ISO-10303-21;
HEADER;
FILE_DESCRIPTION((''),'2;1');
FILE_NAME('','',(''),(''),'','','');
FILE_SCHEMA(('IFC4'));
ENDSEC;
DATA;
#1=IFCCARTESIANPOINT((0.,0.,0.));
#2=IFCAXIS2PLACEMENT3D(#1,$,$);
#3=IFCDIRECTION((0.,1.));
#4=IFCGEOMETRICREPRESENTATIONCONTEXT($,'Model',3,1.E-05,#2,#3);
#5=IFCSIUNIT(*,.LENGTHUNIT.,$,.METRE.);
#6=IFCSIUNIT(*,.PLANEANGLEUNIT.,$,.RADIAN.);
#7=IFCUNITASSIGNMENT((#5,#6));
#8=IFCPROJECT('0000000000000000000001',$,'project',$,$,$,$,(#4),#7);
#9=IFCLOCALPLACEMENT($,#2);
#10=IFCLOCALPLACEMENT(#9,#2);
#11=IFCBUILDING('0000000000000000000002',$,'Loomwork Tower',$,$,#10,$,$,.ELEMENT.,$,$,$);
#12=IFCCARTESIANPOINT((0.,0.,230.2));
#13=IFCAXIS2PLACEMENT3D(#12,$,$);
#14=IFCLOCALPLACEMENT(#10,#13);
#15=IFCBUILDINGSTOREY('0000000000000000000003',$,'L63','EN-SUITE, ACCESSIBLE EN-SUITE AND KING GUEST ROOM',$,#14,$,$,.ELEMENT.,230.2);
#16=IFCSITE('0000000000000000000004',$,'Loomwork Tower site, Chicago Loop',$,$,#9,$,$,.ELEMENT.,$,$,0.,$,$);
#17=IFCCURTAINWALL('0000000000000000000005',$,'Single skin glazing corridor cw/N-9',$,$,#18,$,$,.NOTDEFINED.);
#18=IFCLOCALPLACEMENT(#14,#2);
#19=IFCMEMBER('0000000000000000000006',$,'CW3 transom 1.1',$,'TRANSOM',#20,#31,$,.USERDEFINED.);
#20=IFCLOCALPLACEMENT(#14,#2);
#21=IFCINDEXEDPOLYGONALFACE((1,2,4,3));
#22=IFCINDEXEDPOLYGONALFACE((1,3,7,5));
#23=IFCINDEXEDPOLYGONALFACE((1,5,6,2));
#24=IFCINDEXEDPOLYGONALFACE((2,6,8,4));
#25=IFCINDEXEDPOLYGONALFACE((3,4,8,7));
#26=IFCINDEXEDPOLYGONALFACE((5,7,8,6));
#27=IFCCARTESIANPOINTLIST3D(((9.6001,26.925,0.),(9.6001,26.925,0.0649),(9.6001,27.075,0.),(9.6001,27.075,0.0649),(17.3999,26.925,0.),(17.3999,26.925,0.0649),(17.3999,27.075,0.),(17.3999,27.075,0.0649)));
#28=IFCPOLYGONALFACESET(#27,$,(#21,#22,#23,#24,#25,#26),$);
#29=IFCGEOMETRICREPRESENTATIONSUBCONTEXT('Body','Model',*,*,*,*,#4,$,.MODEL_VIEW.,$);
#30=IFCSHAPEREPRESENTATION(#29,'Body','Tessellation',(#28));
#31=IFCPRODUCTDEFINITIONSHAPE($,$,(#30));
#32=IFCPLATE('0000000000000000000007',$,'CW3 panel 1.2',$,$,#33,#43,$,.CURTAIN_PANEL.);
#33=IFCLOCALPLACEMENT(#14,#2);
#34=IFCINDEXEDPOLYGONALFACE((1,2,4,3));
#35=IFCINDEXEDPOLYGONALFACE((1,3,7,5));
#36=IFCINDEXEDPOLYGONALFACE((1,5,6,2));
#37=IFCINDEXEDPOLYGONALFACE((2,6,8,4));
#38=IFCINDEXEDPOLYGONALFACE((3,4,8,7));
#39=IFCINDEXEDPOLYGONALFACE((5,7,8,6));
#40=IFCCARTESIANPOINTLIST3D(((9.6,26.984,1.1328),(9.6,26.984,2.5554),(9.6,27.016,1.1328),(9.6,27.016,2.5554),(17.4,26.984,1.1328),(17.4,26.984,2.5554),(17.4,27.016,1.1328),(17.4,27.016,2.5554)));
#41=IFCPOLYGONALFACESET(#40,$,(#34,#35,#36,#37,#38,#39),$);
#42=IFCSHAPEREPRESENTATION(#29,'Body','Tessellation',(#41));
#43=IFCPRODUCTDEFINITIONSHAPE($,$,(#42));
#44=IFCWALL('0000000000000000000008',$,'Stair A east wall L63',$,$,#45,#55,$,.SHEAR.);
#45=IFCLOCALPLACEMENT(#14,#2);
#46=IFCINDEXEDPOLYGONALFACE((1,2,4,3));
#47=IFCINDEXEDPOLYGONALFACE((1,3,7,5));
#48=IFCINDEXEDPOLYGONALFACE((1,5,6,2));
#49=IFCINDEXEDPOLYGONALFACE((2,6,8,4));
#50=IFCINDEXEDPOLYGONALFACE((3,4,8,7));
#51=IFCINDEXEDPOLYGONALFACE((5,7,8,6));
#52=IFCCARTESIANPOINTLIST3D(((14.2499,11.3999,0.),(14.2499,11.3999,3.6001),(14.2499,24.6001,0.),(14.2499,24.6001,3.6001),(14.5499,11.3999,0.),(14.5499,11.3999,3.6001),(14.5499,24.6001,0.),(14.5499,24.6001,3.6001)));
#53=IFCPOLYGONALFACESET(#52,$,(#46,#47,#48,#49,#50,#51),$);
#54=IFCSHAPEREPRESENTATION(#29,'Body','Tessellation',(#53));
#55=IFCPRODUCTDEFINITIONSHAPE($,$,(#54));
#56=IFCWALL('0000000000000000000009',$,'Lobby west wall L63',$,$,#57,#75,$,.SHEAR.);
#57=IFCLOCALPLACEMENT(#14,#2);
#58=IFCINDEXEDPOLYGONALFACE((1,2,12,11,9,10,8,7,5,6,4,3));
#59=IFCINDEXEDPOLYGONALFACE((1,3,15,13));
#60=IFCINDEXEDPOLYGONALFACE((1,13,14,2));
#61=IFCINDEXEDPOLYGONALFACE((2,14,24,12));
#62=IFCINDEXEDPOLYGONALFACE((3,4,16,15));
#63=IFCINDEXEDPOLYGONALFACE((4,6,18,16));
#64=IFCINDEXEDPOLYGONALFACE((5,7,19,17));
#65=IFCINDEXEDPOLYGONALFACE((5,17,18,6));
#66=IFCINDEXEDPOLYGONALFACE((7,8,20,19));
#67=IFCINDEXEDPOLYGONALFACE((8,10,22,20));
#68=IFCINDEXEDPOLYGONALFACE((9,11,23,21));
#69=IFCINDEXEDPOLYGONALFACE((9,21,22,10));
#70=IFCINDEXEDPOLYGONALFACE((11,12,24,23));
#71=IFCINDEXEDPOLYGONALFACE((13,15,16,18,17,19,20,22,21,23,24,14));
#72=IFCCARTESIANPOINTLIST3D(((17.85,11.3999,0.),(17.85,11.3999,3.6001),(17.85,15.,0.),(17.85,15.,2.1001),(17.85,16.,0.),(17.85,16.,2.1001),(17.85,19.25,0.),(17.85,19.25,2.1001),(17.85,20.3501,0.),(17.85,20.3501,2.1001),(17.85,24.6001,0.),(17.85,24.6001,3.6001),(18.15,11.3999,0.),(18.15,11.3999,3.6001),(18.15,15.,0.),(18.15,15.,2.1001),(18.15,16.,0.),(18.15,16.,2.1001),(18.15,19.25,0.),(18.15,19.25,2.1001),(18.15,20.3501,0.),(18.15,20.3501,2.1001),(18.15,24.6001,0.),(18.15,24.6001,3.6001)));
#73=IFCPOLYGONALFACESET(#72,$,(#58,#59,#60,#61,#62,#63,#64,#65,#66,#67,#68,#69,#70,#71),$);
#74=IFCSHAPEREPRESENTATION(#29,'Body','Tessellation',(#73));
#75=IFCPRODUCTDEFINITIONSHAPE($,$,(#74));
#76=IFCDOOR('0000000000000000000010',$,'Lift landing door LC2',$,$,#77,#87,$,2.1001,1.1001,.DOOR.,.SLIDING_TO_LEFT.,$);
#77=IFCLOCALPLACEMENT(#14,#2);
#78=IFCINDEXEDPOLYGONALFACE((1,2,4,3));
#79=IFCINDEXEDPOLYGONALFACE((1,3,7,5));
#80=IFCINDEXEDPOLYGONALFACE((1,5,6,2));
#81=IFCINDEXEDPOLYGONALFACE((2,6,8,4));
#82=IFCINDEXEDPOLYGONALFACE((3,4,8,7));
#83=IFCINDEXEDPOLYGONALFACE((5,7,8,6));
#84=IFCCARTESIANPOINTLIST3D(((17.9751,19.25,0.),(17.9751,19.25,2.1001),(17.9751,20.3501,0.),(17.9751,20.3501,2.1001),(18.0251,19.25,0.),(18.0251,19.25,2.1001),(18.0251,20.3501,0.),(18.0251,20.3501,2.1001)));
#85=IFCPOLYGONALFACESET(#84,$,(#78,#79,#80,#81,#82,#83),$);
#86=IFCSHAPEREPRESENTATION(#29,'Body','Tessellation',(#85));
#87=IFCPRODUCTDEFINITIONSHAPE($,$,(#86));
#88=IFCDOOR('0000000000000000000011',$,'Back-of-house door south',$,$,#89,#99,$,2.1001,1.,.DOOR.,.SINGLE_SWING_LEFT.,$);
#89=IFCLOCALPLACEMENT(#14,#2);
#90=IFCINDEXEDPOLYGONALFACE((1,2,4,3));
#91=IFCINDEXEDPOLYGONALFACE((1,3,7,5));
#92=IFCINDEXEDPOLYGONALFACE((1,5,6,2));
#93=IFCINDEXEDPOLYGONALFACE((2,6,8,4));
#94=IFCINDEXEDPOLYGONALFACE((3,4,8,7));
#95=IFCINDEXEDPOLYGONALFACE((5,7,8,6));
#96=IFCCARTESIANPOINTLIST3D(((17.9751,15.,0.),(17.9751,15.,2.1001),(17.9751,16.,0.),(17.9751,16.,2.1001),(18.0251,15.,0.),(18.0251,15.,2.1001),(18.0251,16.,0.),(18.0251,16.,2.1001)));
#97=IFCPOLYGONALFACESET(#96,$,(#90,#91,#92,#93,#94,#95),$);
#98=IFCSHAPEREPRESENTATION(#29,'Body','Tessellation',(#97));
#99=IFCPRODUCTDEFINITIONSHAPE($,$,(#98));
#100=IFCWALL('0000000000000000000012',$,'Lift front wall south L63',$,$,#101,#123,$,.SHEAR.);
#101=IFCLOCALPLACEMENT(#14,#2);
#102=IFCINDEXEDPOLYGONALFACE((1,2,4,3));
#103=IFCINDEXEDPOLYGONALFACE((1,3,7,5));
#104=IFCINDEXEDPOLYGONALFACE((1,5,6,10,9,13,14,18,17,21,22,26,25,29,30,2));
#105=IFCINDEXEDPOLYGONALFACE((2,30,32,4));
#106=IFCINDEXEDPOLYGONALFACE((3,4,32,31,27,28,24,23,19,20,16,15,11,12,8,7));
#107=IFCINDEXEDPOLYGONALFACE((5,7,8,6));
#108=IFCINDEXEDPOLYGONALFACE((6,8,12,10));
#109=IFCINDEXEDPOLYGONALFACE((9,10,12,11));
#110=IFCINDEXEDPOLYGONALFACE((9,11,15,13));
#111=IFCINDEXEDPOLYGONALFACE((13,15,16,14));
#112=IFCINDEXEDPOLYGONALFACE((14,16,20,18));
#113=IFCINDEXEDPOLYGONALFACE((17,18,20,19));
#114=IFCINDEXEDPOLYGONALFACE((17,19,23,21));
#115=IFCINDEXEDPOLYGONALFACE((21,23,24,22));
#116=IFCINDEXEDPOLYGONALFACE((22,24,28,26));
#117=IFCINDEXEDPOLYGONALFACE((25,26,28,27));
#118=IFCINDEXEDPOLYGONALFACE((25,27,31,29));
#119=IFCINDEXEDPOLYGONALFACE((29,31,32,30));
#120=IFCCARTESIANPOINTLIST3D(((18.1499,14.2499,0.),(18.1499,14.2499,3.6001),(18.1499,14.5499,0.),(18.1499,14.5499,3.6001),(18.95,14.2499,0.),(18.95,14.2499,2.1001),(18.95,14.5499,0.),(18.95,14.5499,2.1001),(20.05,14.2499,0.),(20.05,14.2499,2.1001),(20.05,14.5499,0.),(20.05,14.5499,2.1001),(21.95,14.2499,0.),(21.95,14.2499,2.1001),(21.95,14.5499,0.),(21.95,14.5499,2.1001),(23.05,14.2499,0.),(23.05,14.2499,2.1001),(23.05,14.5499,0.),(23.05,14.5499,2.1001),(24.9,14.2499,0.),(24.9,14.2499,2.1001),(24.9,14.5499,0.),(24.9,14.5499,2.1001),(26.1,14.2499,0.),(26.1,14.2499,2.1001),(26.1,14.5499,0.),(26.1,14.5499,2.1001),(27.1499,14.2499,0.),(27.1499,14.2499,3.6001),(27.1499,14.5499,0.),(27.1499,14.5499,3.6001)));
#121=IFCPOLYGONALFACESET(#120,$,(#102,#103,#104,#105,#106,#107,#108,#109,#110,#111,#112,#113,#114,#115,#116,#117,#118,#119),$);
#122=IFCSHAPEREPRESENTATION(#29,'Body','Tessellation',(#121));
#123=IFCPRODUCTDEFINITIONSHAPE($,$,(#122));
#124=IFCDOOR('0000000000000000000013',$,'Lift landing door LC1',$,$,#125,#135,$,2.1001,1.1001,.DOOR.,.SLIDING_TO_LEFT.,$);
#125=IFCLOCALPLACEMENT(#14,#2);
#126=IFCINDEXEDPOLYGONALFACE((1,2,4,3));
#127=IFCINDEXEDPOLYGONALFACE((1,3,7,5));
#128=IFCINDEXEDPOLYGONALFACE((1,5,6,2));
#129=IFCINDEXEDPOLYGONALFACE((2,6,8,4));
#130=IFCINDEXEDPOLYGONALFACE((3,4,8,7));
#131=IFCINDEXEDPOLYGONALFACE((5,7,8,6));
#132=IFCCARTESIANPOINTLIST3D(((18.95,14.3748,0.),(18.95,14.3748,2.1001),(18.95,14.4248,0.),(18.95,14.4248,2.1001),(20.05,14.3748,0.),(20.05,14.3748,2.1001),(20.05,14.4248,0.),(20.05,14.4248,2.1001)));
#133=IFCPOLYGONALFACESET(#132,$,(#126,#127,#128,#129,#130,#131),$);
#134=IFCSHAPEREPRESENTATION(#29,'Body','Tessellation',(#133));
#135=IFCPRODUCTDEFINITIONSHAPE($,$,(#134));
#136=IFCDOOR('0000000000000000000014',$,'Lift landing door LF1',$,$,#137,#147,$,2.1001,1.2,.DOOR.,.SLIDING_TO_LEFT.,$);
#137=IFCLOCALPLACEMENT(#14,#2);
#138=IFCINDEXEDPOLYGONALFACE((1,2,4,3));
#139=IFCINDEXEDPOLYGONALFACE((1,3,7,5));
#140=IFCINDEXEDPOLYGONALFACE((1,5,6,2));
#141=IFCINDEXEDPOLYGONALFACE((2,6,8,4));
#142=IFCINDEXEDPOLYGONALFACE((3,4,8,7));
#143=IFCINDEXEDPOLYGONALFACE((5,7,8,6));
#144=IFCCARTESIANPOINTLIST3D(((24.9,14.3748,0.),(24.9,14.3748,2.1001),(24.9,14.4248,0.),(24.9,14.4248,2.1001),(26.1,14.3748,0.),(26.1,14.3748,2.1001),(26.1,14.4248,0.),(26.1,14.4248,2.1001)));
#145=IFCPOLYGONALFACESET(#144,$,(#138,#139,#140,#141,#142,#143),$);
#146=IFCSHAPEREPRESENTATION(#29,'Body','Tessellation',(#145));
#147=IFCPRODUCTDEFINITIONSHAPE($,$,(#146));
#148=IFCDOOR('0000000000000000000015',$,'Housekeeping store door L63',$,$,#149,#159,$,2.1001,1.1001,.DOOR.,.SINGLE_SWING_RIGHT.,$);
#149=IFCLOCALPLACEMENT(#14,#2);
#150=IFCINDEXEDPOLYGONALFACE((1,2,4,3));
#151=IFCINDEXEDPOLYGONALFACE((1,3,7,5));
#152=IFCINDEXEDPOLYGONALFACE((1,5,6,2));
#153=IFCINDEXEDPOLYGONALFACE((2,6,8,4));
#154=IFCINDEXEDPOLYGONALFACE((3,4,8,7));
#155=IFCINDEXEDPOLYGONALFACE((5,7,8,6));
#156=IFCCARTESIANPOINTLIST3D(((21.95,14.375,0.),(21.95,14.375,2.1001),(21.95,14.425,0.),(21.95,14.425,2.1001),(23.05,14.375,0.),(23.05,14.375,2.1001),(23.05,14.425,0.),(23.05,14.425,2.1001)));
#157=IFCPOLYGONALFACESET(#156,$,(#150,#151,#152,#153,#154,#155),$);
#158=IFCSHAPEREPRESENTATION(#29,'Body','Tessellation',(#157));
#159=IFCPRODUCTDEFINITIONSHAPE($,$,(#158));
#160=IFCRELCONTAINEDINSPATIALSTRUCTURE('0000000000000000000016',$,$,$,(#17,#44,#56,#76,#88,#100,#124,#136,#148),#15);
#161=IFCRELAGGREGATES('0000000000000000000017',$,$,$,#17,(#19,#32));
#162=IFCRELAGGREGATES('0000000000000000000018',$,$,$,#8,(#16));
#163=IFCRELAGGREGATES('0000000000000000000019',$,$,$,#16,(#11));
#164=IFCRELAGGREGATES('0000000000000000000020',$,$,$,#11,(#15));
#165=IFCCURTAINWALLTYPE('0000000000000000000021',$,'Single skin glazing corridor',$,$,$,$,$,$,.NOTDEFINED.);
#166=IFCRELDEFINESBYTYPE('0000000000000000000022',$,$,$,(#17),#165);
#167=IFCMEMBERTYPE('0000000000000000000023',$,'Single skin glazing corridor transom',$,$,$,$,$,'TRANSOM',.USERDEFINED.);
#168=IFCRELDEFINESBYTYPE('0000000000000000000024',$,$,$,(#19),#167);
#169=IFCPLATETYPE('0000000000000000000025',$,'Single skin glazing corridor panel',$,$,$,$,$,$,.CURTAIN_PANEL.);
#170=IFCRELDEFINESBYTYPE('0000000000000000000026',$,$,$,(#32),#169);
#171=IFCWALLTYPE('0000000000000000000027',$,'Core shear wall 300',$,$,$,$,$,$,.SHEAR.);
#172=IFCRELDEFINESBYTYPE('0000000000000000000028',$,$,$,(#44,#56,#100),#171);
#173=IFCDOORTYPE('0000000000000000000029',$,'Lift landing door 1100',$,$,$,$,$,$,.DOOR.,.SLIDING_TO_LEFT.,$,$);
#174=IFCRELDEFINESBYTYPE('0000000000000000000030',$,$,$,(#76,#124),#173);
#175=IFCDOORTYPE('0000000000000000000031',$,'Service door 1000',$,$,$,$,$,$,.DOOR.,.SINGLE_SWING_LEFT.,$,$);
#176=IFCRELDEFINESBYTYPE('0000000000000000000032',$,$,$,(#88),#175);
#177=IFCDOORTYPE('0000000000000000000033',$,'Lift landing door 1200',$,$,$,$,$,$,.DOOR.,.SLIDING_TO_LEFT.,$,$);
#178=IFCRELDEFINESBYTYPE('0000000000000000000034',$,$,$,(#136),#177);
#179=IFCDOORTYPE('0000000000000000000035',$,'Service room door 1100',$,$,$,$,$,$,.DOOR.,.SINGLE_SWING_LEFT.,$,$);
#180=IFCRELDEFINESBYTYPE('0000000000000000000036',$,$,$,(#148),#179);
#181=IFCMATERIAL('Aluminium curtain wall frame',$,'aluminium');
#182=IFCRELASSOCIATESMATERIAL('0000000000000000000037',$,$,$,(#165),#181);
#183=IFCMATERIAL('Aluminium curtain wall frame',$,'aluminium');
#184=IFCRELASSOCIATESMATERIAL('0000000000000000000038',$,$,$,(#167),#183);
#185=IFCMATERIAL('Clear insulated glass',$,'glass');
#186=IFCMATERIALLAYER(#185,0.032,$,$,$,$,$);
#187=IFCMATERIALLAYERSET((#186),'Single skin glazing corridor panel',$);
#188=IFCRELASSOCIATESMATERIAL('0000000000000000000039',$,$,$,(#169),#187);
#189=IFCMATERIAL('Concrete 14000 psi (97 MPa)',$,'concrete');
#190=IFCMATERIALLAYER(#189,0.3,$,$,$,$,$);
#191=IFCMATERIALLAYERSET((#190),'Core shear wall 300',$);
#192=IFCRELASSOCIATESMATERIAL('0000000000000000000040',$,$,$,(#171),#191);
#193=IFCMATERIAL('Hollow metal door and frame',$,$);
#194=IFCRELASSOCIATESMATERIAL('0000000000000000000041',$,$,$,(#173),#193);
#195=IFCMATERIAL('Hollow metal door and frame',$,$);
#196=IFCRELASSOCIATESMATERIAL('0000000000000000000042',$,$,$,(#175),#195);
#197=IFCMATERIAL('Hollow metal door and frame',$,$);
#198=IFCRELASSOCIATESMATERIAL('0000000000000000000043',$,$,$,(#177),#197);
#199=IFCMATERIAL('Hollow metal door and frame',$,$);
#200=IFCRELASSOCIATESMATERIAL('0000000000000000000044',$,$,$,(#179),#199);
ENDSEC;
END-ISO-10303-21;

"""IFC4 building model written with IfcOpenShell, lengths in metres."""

from ifc_helpers import new_model, si_unit, direction, frame, frame_2d, origin, origin_2d, place, context, subcontext, project, spatial, rectangle, extrude, material, layer, layer_set, material_profile, profile_set, type_object, element, fill, aggregate, save


model = new_model("IFC4")

# Units and contexts
model_context = context("Model", 3, precision=1e-05, world=origin(), true_north=direction((0.0, 1.0)))
body_context = subcontext(model_context, "Body", "Model", "MODEL_VIEW")
ifc_project = project(units=[si_unit("LENGTHUNIT", "METRE"), si_unit("PLANEANGLEUNIT", "RADIAN")], contexts=[model_context])

# Site, building, storey
site_placement = place(None, origin())
site = spatial("IfcSite", under=ifc_project, at=site_placement, Name="Loomwork Tower site, Chicago Loop", CompositionType="ELEMENT", RefElevation=0.0)
building_placement = place(site_placement, origin())
building = spatial("IfcBuilding", under=site, at=building_placement, Name="Loomwork Tower", CompositionType="ELEMENT")
storey_placement = place(building_placement, frame((0.0, 0.0, 230.2)))
storey = spatial("IfcBuildingStorey", under=building, at=storey_placement, Name="L63", Description="EN-SUITE, ACCESSIBLE EN-SUITE AND KING GUEST ROOM", CompositionType="ELEMENT", Elevation=230.2)

# Curtain wall, member, plate
ifc_material_1 = material(Name="Aluminium curtain wall frame", Category="aluminium")
curtain_wall_type = type_object("IfcCurtainWallType", Name="Single skin glazing corridor", PredefinedType="NOTDEFINED", material=ifc_material_1)
curtain_wall_placement = place(storey_placement, origin())
curtain_wall = element("IfcCurtainWall", 1, at=curtain_wall_placement, inside=storey, type_object=curtain_wall_type, Name="Single skin glazing corridor cw/N-9", PredefinedType="NOTDEFINED")
ifc_material_2 = material(Name="Aluminium curtain wall frame", Category="aluminium")
ifc_material_profile = material_profile(ifc_material_2, rectangle(XDim=0.1499, YDim=0.0649, at=origin_2d()), Name="AL 65x150")
ifc_profile_set = profile_set([ifc_material_profile], Name="Aluminium curtain wall frame")
member_type = type_object("IfcMemberType", Name="Single skin glazing corridor transom", ElementType="TRANSOM", PredefinedType="USERDEFINED", material=ifc_profile_set)
member_placement = place(storey_placement, frame((17.3999, 27.0, 0.0325), z_axis=(-1.0, 0.0, 0.0), x_axis=(0.0, -1.0, 0.0)))
member = element("IfcMember", 2, at=member_placement, type_object=member_type, Name="CW3 transom 1.1", ObjectType="TRANSOM", PredefinedType="USERDEFINED", context=body_context, shape_type="SweptSolid", body=[
    extrude(rectangle(XDim=0.1499, YDim=0.0649, at=origin_2d()), origin(), (0.0, 0.0, 1.0), 7.7998),
])
ifc_material_3 = material(Name="Clear insulated glass", Category="glass")
ifc_layer_1 = layer(ifc_material_3, 0.032)
ifc_layer_set_1 = layer_set([ifc_layer_1], Name="Single skin glazing corridor panel")
plate_type = type_object("IfcPlateType", Name="Single skin glazing corridor panel", PredefinedType="CURTAIN_PANEL", material=ifc_layer_set_1)
plate_placement = place(storey_placement, frame((13.5, 27.0, 1.1328), z_axis=(0.0, 0.0, 1.0), x_axis=(-1.0, 0.0, 0.0)))
plate = element("IfcPlate", 3, at=plate_placement, type_object=plate_type, Name="CW3 panel 1.2", PredefinedType="CURTAIN_PANEL", context=body_context, shape_type="SweptSolid", body=[
    extrude(rectangle(XDim=7.8, YDim=0.032, at=origin_2d()), origin(), (0.0, 0.0, 1.0), 1.4226),
])
aggregate(curtain_wall, [member, plate])

# Wall
ifc_material_4 = material(Name="Concrete 14000 psi (97 MPa)", Category="concrete")
ifc_layer_2 = layer(ifc_material_4, 0.3)
ifc_layer_set_2 = layer_set([ifc_layer_2], Name="Core shear wall 300")
wall_type_1 = type_object("IfcWallType", Name="Core shear wall 300", PredefinedType="SHEAR", material=ifc_layer_set_2)
wall_1_placement = place(storey_placement, frame((14.3999, 11.3999, 0.0), z_axis=(0.0, 0.0, 1.0), x_axis=(0.0, 1.0, 0.0)))
element("IfcWall", 4, at=wall_1_placement, inside=storey, type_object=wall_type_1, Name="Stair A east wall L63", PredefinedType="SHEAR", context=body_context, shape_type="SweptSolid", body=[
    extrude(rectangle(XDim=13.2002, YDim=0.3, at=frame_2d((6.6001, 0.0))), origin(), (0.0, 0.0, 1.0), 3.6001),
])

# Walls, openings, doors
wall_2_placement = place(storey_placement, frame((18.0, 11.3999, 0.0), z_axis=(0.0, 0.0, 1.0), x_axis=(0.0, 1.0, 0.0)))
wall_2 = element("IfcWall", 5, at=wall_2_placement, inside=storey, type_object=wall_type_1, Name="Lobby west wall L63", PredefinedType="SHEAR", context=body_context, shape_type="SweptSolid", body=[
    extrude(rectangle(XDim=13.2002, YDim=0.3, at=frame_2d((6.6001, 0.0))), origin(), (0.0, 0.0, 1.0), 3.6001),
])
opening_1_placement = place(wall_2_placement, frame((3.6001, 0.0, 0.0)))
opening_1 = element("IfcOpeningElement", 6, at=opening_1_placement, cuts=wall_2, PredefinedType="OPENING", context=body_context, shape_type="SweptSolid", body=[
    extrude(rectangle(XDim=1.0, YDim=2.1001, at=frame_2d((0.5, 1.05))), frame((0.0, 0.1599, 0.0), z_axis=(0.0, -1.0, 0.0), x_axis=(1.0, 0.0, 0.0)), (0.0, 0.0, 1.0), 0.3201),
])
opening_2_placement = place(wall_2_placement, frame((7.8501, 0.0, 0.0)))
opening_2 = element("IfcOpeningElement", 7, at=opening_2_placement, cuts=wall_2, PredefinedType="OPENING", context=body_context, shape_type="SweptSolid", body=[
    extrude(rectangle(XDim=1.1001, YDim=2.1001, at=frame_2d((0.55, 1.05))), frame((0.0, 0.1599, 0.0), z_axis=(0.0, -1.0, 0.0), x_axis=(1.0, 0.0, 0.0)), (0.0, 0.0, 1.0), 0.3201),
])
ifc_material_5 = material(Name="Hollow metal door and frame")
door_type_1 = type_object("IfcDoorType", Name="Lift landing door 1100", OperationType="SLIDING_TO_LEFT", PredefinedType="DOOR", material=ifc_material_5)
door_1_placement = place(opening_2_placement, origin())
door_1 = element("IfcDoor", 8, at=door_1_placement, inside=storey, type_object=door_type_1, Name="Lift landing door LC2", OperationType="SLIDING_TO_LEFT", OverallHeight=2.1001, OverallWidth=1.1001, PredefinedType="DOOR", context=body_context, shape_type="SweptSolid", body=[
    extrude(rectangle(XDim=1.1001, YDim=2.1001, at=frame_2d((0.55, 1.05))), frame((0.0, 0.0249, 0.0), z_axis=(0.0, -1.0, 0.0), x_axis=(1.0, 0.0, 0.0)), (0.0, 0.0, 1.0), 0.05),
])
fill(opening_2, door_1)
ifc_material_6 = material(Name="Hollow metal door and frame")
door_type_2 = type_object("IfcDoorType", Name="Service door 1000", OperationType="SINGLE_SWING_LEFT", PredefinedType="DOOR", material=ifc_material_6)
door_2_placement = place(opening_1_placement, origin())
door_2 = element("IfcDoor", 9, at=door_2_placement, inside=storey, type_object=door_type_2, Name="Back-of-house door south", OperationType="SINGLE_SWING_LEFT", OverallHeight=2.1001, OverallWidth=1.0, PredefinedType="DOOR", context=body_context, shape_type="SweptSolid", body=[
    extrude(rectangle(XDim=1.0, YDim=2.1001, at=frame_2d((0.5, 1.05))), frame((0.0, 0.0249, 0.0), z_axis=(0.0, -1.0, 0.0), x_axis=(1.0, 0.0, 0.0)), (0.0, 0.0, 1.0), 0.05),
])
fill(opening_1, door_2)
wall_3_placement = place(storey_placement, frame((18.1499, 14.3999, 0.0), z_axis=(0.0, 0.0, 1.0), x_axis=(1.0, 0.0, 0.0)))
wall_3 = element("IfcWall", 10, at=wall_3_placement, inside=storey, type_object=wall_type_1, Name="Lift front wall south L63", PredefinedType="SHEAR", context=body_context, shape_type="SweptSolid", body=[
    extrude(rectangle(XDim=9.0, YDim=0.3, at=frame_2d((4.5, 0.0))), origin(), (0.0, 0.0, 1.0), 3.6001),
])
opening_3_placement = place(wall_3_placement, frame((0.8, 0.0, 0.0)))
opening_3 = element("IfcOpeningElement", 11, at=opening_3_placement, cuts=wall_3, PredefinedType="OPENING", context=body_context, shape_type="SweptSolid", body=[
    extrude(rectangle(XDim=1.1001, YDim=2.1001, at=frame_2d((0.55, 1.05))), frame((0.0, 0.1599, 0.0), z_axis=(0.0, -1.0, 0.0), x_axis=(1.0, 0.0, 0.0)), (0.0, 0.0, 1.0), 0.3201),
])
opening_4_placement = place(wall_3_placement, frame((6.75, 0.0, 0.0)))
opening_4 = element("IfcOpeningElement", 12, at=opening_4_placement, cuts=wall_3, PredefinedType="OPENING", context=body_context, shape_type="SweptSolid", body=[
    extrude(rectangle(XDim=1.2, YDim=2.1001, at=frame_2d((0.6001, 1.05))), frame((0.0, 0.1599, 0.0), z_axis=(0.0, -1.0, 0.0), x_axis=(1.0, 0.0, 0.0)), (0.0, 0.0, 1.0), 0.3201),
])
opening_5_placement = place(wall_3_placement, frame((3.8, 0.0, 0.0)))
opening_5 = element("IfcOpeningElement", 13, at=opening_5_placement, cuts=wall_3, PredefinedType="OPENING", context=body_context, shape_type="SweptSolid", body=[
    extrude(rectangle(XDim=1.1001, YDim=2.1001, at=frame_2d((0.55, 1.05))), frame((0.0, 0.1599, 0.0), z_axis=(0.0, -1.0, 0.0), x_axis=(1.0, 0.0, 0.0)), (0.0, 0.0, 1.0), 0.3201),
])
door_3_placement = place(opening_3_placement, origin())
door_3 = element("IfcDoor", 14, at=door_3_placement, inside=storey, type_object=door_type_1, Name="Lift landing door LC1", OperationType="SLIDING_TO_LEFT", OverallHeight=2.1001, OverallWidth=1.1001, PredefinedType="DOOR", context=body_context, shape_type="SweptSolid", body=[
    extrude(rectangle(XDim=1.1001, YDim=2.1001, at=frame_2d((0.55, 1.05))), frame((0.0, 0.0249, 0.0), z_axis=(0.0, -1.0, 0.0), x_axis=(1.0, 0.0, 0.0)), (0.0, 0.0, 1.0), 0.05),
])
fill(opening_3, door_3)
ifc_material_7 = material(Name="Hollow metal door and frame")
door_type_3 = type_object("IfcDoorType", Name="Lift landing door 1200", OperationType="SLIDING_TO_LEFT", PredefinedType="DOOR", material=ifc_material_7)
door_4_placement = place(opening_4_placement, origin())
door_4 = element("IfcDoor", 15, at=door_4_placement, inside=storey, type_object=door_type_3, Name="Lift landing door LF1", OperationType="SLIDING_TO_LEFT", OverallHeight=2.1001, OverallWidth=1.2, PredefinedType="DOOR", context=body_context, shape_type="SweptSolid", body=[
    extrude(rectangle(XDim=1.2, YDim=2.1001, at=frame_2d((0.6001, 1.05))), frame((0.0, 0.0249, 0.0), z_axis=(0.0, -1.0, 0.0), x_axis=(1.0, 0.0, 0.0)), (0.0, 0.0, 1.0), 0.05),
])
fill(opening_4, door_4)
ifc_material_8 = material(Name="Hollow metal door and frame")
door_type_4 = type_object("IfcDoorType", Name="Service room door 1100", OperationType="SINGLE_SWING_LEFT", PredefinedType="DOOR", material=ifc_material_8)
door_5_placement = place(opening_5_placement, frame((1.1001, 0.0, 0.0), z_axis=(0.0, 0.0, 1.0), x_axis=(-1.0, 0.0, 0.0)))
door_5 = element("IfcDoor", 16, at=door_5_placement, inside=storey, type_object=door_type_4, Name="Housekeeping store door L63", OperationType="SINGLE_SWING_RIGHT", OverallHeight=2.1001, OverallWidth=1.1001, PredefinedType="DOOR", context=body_context, shape_type="SweptSolid", body=[
    extrude(rectangle(XDim=1.1001, YDim=2.1001, at=frame_2d((0.55, 1.05))), frame((0.0, 0.0249, 0.0), z_axis=(0.0, -1.0, 0.0), x_axis=(1.0, 0.0, 0.0)), (0.0, 0.0, 1.0), 0.05),
])
fill(opening_5, door_5)

save(model, "model.ifc")
